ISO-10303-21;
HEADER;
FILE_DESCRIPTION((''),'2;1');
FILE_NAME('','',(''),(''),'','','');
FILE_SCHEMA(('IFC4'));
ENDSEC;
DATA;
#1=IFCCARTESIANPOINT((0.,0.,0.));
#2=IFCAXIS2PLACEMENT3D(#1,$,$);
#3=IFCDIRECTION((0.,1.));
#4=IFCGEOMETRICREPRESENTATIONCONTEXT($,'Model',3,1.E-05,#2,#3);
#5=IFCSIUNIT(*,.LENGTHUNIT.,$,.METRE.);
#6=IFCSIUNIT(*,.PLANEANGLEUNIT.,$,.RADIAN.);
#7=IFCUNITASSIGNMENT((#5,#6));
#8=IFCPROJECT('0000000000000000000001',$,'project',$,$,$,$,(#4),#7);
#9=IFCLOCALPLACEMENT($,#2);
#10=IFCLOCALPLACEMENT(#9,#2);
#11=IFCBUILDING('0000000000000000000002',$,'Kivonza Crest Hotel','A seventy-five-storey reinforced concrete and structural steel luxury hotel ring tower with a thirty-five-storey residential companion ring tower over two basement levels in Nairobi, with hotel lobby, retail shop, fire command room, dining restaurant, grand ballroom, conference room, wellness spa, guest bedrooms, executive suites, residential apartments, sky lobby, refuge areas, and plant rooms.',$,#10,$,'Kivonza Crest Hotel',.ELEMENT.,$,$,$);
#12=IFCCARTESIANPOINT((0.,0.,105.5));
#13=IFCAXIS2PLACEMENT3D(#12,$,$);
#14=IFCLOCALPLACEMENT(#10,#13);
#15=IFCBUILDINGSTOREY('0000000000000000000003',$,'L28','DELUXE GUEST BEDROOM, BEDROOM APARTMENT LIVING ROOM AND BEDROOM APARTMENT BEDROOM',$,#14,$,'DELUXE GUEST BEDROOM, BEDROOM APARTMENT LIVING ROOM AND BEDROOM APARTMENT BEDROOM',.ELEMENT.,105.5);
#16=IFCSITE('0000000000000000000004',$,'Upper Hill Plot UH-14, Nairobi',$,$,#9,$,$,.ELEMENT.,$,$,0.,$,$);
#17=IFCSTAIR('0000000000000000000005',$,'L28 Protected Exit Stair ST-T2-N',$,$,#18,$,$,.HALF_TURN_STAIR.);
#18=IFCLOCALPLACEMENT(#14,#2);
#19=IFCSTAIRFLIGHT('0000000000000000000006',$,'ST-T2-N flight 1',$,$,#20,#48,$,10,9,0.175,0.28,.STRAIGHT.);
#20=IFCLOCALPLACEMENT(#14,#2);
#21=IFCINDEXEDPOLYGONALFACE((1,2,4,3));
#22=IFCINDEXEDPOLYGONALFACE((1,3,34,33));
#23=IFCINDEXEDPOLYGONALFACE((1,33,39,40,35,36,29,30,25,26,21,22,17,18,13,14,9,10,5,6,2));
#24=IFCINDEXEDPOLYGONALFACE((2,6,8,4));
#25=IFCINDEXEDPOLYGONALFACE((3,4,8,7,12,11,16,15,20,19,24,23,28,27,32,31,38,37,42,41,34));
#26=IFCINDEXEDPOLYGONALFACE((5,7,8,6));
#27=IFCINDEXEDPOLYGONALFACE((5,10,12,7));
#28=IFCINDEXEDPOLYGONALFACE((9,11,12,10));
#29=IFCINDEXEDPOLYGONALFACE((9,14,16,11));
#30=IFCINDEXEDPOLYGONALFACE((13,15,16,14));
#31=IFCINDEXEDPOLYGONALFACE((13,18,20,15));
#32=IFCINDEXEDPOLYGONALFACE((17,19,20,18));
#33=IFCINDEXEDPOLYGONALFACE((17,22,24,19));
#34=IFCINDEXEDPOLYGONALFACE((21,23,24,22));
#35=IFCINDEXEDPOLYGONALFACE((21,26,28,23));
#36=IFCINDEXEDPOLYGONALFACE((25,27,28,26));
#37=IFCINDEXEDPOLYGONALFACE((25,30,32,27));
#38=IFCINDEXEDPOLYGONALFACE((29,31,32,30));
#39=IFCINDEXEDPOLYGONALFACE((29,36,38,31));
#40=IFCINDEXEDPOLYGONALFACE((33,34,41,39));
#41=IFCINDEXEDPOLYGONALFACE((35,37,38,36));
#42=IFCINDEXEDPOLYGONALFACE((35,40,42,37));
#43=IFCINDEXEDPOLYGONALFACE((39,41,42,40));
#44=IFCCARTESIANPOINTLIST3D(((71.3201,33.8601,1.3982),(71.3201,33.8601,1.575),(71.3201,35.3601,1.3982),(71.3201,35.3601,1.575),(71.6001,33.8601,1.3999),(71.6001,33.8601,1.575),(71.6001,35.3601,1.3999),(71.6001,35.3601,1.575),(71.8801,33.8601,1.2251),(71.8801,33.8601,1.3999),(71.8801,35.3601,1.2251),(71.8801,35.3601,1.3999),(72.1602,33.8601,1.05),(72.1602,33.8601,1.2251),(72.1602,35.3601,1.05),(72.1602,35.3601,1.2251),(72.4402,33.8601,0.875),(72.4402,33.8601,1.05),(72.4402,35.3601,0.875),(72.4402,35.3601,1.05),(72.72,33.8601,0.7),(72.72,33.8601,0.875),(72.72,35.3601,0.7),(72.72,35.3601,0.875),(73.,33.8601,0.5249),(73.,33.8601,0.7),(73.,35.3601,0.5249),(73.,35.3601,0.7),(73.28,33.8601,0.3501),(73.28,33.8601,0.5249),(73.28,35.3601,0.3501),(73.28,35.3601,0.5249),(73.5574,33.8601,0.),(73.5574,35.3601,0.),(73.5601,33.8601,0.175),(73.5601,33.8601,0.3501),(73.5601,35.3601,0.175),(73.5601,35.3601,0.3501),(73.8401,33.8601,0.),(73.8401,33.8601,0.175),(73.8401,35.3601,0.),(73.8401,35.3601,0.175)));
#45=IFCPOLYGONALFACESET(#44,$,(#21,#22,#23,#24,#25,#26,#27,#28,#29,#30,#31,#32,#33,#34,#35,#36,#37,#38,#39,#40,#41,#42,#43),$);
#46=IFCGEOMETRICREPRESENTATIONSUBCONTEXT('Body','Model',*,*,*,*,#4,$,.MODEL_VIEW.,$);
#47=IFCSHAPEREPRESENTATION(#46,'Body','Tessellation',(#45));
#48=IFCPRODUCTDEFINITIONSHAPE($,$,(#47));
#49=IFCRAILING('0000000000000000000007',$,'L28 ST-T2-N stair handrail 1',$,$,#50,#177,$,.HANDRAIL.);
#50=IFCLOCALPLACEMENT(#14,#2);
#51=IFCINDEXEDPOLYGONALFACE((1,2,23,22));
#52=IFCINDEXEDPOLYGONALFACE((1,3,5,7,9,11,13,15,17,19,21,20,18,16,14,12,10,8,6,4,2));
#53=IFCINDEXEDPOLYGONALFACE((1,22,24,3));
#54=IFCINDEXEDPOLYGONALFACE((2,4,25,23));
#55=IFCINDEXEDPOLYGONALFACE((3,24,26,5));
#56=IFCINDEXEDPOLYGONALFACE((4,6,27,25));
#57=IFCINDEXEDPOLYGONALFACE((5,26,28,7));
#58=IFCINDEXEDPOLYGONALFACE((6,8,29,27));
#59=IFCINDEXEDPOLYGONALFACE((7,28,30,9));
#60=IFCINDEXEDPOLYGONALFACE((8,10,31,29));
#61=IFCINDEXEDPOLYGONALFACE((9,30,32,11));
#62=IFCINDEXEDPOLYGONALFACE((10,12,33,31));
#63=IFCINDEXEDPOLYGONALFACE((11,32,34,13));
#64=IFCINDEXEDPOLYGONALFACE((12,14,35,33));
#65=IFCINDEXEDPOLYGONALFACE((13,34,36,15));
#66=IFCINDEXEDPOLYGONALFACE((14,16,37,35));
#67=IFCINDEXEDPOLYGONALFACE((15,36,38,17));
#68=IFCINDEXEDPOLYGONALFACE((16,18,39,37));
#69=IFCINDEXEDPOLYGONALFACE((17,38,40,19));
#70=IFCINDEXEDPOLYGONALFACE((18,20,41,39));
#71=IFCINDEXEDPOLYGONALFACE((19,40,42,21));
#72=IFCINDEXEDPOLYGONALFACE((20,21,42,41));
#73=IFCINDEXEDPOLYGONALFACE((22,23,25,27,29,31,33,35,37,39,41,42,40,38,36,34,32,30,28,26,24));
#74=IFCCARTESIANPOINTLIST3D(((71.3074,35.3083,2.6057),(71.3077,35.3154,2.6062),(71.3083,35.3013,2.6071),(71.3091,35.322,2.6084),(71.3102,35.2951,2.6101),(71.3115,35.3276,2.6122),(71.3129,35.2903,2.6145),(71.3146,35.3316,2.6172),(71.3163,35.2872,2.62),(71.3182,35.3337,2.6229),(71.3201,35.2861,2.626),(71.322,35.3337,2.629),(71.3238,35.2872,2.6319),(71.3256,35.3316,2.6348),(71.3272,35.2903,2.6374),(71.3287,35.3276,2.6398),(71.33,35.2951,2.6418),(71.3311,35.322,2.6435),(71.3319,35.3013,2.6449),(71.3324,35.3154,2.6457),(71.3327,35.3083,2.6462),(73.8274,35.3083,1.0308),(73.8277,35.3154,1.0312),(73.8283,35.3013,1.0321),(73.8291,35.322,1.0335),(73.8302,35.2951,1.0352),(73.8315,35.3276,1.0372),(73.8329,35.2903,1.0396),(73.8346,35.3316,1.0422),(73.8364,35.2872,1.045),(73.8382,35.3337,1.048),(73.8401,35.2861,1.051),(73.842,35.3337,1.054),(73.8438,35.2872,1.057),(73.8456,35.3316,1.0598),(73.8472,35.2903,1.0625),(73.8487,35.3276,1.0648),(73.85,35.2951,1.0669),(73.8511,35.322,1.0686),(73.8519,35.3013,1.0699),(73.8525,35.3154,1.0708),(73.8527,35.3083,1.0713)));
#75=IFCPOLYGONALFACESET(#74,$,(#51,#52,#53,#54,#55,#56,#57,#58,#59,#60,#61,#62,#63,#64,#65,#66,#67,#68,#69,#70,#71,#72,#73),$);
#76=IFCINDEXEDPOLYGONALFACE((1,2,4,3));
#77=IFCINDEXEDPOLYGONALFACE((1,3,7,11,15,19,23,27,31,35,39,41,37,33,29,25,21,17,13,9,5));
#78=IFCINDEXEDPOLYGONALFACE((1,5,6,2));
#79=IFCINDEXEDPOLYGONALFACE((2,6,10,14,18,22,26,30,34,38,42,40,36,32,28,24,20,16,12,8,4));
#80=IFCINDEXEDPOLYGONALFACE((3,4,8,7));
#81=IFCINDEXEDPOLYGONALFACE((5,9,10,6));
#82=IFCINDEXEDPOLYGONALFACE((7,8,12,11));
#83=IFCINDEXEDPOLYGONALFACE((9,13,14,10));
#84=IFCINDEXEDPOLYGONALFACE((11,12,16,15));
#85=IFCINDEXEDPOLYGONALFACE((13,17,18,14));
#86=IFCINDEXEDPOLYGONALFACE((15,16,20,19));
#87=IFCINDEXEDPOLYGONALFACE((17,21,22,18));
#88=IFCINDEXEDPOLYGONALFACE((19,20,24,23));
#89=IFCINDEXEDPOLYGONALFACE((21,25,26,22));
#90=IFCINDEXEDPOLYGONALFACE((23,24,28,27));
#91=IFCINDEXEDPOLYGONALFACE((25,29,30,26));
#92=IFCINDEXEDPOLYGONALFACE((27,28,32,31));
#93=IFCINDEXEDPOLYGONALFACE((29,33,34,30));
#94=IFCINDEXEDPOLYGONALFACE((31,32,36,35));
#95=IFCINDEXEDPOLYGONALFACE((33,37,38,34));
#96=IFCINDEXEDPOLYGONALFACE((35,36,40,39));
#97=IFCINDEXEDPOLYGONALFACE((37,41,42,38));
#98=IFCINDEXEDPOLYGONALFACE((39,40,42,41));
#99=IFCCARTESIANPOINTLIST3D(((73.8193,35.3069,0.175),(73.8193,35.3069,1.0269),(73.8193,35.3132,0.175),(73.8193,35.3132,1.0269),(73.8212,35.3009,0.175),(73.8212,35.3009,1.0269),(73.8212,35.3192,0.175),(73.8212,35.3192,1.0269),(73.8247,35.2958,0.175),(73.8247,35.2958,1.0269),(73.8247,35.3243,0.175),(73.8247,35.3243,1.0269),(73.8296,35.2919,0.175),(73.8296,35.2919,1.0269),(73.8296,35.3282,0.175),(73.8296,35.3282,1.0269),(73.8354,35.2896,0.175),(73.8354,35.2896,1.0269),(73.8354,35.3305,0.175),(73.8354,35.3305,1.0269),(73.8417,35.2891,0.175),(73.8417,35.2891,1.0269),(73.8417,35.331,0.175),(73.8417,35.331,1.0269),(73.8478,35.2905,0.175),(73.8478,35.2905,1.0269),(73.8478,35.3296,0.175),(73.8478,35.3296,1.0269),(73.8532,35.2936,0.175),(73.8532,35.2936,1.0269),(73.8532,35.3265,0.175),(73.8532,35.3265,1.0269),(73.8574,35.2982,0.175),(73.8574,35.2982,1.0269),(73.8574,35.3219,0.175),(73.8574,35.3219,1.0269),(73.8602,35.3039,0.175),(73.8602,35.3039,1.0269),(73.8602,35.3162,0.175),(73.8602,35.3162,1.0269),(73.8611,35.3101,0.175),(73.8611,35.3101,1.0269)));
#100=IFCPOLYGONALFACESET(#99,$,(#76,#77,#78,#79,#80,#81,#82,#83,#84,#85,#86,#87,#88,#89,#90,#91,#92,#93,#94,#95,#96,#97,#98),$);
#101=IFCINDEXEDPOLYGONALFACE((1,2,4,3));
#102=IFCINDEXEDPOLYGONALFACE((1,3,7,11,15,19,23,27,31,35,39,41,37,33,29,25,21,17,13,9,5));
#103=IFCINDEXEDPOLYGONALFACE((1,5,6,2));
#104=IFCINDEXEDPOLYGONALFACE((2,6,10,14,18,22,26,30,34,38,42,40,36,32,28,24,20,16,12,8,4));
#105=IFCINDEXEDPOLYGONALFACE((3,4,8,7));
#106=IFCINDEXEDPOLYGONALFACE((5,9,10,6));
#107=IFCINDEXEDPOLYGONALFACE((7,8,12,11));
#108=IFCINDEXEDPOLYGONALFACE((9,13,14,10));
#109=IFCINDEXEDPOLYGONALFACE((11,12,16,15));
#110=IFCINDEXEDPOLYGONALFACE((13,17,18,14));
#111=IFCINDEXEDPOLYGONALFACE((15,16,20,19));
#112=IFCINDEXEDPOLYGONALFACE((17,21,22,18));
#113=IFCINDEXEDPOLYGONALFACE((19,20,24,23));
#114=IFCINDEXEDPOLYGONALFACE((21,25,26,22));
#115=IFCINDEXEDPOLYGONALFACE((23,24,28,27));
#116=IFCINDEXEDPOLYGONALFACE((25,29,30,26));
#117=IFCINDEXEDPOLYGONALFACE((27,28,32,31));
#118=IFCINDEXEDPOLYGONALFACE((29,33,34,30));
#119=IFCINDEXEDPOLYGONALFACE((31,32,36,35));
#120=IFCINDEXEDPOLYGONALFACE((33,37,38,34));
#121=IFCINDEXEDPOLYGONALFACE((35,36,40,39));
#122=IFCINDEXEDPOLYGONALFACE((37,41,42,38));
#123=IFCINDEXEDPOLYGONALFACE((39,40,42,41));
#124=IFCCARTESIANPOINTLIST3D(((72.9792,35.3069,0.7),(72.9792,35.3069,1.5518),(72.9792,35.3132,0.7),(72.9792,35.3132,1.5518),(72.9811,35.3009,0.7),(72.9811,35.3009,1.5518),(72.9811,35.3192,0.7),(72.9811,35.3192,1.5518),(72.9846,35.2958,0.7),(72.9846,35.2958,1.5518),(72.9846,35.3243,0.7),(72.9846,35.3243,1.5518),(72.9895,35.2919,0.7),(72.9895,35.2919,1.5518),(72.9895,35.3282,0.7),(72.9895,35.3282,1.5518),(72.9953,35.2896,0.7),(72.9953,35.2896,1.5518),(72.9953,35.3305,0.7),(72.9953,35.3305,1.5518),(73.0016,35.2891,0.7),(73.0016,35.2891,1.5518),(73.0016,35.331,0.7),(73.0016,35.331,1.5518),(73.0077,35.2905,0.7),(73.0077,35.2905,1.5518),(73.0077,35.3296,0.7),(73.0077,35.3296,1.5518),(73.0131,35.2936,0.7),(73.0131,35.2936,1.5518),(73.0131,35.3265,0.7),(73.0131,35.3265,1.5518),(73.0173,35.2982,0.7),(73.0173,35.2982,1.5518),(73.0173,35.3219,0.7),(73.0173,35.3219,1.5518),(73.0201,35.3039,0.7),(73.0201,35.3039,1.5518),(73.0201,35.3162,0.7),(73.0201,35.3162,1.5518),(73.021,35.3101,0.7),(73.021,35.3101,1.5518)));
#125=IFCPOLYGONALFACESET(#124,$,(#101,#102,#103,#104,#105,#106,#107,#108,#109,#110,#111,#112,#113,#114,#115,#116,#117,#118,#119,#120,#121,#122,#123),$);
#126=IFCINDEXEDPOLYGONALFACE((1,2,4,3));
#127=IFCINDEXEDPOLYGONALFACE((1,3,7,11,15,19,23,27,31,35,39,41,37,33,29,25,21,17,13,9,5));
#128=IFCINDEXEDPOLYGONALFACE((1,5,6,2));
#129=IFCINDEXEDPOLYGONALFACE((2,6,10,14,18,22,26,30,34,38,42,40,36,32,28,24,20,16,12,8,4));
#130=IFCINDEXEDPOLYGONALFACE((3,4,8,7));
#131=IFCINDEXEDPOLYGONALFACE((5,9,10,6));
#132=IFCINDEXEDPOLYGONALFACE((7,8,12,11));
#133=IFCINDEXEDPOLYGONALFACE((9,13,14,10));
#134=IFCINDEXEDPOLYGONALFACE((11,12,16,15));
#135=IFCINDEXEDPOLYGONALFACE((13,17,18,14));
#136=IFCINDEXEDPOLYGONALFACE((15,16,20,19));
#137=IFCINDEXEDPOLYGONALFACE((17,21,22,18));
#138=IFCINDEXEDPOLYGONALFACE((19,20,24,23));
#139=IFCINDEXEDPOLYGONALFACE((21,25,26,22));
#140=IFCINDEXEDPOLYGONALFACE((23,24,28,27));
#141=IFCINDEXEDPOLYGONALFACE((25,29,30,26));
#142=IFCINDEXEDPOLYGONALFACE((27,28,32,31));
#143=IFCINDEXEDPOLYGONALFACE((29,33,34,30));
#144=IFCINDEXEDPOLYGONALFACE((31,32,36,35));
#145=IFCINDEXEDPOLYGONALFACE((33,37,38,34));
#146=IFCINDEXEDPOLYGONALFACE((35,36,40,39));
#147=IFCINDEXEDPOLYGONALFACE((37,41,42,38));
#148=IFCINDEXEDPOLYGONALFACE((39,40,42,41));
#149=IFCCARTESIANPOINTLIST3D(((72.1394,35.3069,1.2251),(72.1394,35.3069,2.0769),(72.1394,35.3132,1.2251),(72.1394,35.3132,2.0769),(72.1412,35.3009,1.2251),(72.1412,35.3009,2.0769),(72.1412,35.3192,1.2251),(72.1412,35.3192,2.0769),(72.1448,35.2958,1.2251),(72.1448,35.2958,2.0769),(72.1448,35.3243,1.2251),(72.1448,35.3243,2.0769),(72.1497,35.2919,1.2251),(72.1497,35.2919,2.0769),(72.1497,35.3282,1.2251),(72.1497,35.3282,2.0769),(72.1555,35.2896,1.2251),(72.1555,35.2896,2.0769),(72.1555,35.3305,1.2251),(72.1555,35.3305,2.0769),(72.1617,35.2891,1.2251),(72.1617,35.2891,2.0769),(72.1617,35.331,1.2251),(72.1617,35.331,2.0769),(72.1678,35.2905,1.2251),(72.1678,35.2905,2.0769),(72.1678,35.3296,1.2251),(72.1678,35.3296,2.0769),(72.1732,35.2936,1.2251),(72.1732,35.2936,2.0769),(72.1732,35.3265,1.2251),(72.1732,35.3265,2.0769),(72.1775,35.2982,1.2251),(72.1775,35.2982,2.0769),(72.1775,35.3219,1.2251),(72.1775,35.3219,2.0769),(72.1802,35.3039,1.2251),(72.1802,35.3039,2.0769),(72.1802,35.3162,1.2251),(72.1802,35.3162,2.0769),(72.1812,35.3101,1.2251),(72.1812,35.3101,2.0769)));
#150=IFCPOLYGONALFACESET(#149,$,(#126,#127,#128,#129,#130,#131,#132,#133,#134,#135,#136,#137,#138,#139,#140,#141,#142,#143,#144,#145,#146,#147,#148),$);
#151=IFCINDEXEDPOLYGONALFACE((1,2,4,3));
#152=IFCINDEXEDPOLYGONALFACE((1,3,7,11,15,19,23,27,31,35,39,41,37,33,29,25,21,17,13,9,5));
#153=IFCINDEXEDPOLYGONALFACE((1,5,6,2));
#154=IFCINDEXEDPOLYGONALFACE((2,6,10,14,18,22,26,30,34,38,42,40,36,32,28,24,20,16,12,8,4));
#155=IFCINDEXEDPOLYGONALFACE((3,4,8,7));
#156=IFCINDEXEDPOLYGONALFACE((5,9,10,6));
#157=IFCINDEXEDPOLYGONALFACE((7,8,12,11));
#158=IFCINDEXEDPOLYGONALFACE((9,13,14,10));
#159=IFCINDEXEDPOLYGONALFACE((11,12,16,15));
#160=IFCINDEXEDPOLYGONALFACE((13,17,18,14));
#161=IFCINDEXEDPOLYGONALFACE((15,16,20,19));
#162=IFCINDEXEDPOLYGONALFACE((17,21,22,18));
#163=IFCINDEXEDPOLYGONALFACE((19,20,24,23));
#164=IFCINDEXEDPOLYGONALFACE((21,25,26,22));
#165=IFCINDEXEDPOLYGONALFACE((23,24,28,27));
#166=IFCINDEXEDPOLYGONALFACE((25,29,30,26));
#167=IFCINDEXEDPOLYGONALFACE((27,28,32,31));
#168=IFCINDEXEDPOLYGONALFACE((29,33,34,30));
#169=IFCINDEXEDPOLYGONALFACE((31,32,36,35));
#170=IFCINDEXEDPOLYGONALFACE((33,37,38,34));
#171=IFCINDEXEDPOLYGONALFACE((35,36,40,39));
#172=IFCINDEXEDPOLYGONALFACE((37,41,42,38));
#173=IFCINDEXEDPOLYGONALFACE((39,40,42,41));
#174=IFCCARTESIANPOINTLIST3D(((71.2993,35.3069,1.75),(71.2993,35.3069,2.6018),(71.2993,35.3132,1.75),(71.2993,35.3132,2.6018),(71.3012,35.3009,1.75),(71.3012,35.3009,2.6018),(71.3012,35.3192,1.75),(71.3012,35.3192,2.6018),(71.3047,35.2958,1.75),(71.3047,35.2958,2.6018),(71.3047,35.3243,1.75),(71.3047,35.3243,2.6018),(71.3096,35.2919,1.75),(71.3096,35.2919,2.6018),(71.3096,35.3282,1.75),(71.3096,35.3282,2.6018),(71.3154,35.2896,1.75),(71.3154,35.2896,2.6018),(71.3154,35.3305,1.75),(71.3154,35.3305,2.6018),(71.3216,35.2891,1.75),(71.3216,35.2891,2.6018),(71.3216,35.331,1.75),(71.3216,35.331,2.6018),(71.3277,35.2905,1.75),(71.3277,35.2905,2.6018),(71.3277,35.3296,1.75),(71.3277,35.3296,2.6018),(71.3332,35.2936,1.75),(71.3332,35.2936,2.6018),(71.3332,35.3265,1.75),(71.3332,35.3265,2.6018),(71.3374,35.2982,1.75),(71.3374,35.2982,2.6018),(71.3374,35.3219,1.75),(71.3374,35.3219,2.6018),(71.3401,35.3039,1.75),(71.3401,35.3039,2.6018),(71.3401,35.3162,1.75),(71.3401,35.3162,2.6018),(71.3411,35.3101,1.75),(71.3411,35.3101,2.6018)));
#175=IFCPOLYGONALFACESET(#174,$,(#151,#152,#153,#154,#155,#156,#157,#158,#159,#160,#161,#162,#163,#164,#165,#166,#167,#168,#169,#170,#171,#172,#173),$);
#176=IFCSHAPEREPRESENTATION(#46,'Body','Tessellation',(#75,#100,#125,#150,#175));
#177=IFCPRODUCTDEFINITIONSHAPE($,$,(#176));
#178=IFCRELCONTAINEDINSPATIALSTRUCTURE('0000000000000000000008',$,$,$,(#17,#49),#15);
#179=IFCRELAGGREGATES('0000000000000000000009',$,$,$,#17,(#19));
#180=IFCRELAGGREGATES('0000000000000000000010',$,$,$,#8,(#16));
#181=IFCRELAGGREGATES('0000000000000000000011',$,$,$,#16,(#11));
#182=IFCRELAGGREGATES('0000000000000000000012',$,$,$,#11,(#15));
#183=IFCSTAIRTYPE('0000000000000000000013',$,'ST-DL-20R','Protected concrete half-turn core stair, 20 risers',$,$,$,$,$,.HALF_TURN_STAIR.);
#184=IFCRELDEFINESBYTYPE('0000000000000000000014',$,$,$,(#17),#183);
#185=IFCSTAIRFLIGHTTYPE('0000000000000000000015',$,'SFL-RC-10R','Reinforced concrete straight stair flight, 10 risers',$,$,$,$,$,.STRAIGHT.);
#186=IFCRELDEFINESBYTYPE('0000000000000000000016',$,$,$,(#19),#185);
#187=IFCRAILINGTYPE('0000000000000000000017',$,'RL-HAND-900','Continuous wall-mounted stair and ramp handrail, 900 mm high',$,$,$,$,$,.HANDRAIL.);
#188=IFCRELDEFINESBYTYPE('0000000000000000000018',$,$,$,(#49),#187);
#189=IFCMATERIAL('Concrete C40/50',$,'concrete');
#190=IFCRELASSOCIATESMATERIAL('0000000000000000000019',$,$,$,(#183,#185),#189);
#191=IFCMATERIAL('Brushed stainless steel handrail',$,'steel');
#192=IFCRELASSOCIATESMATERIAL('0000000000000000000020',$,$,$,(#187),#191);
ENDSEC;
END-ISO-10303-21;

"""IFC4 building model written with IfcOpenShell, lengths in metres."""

from ifc_helpers import new_model, si_unit, direction, frame, origin, origin_2d, place, context, subcontext, project, spatial, polyline, circle, outline, extrude, material, type_object, element, aggregate, save


model = new_model("IFC4")

# Units and contexts
model_context = context("Model", 3, precision=1e-05, world=origin(), true_north=direction((0.0, 1.0)))
body_context = subcontext(model_context, "Body", "Model", "MODEL_VIEW")
ifc_project = project(units=[si_unit("LENGTHUNIT", "METRE"), si_unit("PLANEANGLEUNIT", "RADIAN")], contexts=[model_context])

# Site, building, storey
site_placement = place(None, origin())
site = spatial("IfcSite", under=ifc_project, at=site_placement, Name="Upper Hill Plot UH-14, Nairobi", CompositionType="ELEMENT", RefElevation=0.0)
building_placement = place(site_placement, origin())
building = spatial("IfcBuilding", under=site, at=building_placement, Name="Kivonza Crest Hotel", Description="A seventy-five-storey reinforced concrete and structural steel luxury hotel ring tower with a thirty-five-storey residential companion ring tower over two basement levels in Nairobi, with hotel lobby, retail shop, fire command room, dining restaurant, grand ballroom, conference room, wellness spa, guest bedrooms, executive suites, residential apartments, sky lobby, refuge areas, and plant rooms.", LongName="Kivonza Crest Hotel", CompositionType="ELEMENT")
storey_placement = place(building_placement, frame((0.0, 0.0, 105.5)))
storey = spatial("IfcBuildingStorey", under=building, at=storey_placement, Name="L28", Description="DELUXE GUEST BEDROOM, BEDROOM APARTMENT LIVING ROOM AND BEDROOM APARTMENT BEDROOM", LongName="DELUXE GUEST BEDROOM, BEDROOM APARTMENT LIVING ROOM AND BEDROOM APARTMENT BEDROOM", CompositionType="ELEMENT", Elevation=105.5)

# Stair, stair flight
ifc_material_1 = material(Name="Concrete C40/50", Category="concrete")
stair_type = type_object("IfcStairType", Name="ST-DL-20R", Description="Protected concrete half-turn core stair, 20 risers", PredefinedType="HALF_TURN_STAIR", material=ifc_material_1)
stair_placement = place(storey_placement, origin())
stair = element("IfcStair", 1, at=stair_placement, inside=storey, type_object=stair_type, Name="L28 Protected Exit Stair ST-T2-N", PredefinedType="HALF_TURN_STAIR")
stair_flight_type = type_object("IfcStairFlightType", Name="SFL-RC-10R", Description="Reinforced concrete straight stair flight, 10 risers", PredefinedType="STRAIGHT", material=ifc_material_1)
stair_flight_placement = place(storey_placement, frame((73.8401, 34.6101, 0.0), z_axis=(0.0, 0.0, 1.0), x_axis=(-1.0, 0.0, 0.0)))
stair_flight = element("IfcStairFlight", 2, at=stair_flight_placement, type_object=stair_flight_type, Name="ST-T2-N flight 1", NumberOfRisers=10, NumberOfTreads=9, PredefinedType="STRAIGHT", RiserHeight=0.175, TreadLength=0.28, context=body_context, shape_type="SweptSolid", body=[
    extrude(outline(polyline([(0.0, 0.0), (0.0, 0.175), (0.28, 0.175), (0.28, 0.3501), (0.5601, 0.3501), (0.5601, 0.5249), (0.8401, 0.5249), (0.8401, 0.7), (1.1201, 0.7), (1.1201, 0.875), (1.3999, 0.875), (1.3999, 1.05), (1.6799, 1.05), (1.6799, 1.2251), (1.96, 1.2251), (1.96, 1.3999), (2.24, 1.3999), (2.24, 1.575), (2.52, 1.575), (2.52, 1.75), (2.52, 1.3982), (0.2827, 0.0), (0.0, 0.0)])), frame((0.0, 0.75, 0.0), z_axis=(0.0, -1.0, 0.0), x_axis=(1.0, 0.0, 0.0)), (0.0, 0.0, 1.0), 1.5),
])
aggregate(stair, [stair_flight])

# Railing
ifc_material_2 = material(Name="Brushed stainless steel handrail", Category="steel")
railing_type_1 = type_object("IfcRailingType", Name="RL-HAND-900", Description="Continuous wall-mounted stair and ramp handrail, 900 mm high", PredefinedType="HANDRAIL", material=ifc_material_2)
railing_1_placement = place(storey_placement, frame((73.8401, 35.3101, 0.175)))
element("IfcRailing", 3, at=railing_1_placement, inside=storey, type_object=railing_type_1, Name="L28 ST-T2-N stair handrail 1", PredefinedType="HANDRAIL", context=body_context, shape_type="SweptSolid", body=[
    extrude(circle(Radius=0.0239, at=origin_2d()), frame((0.0, 0.0, 0.876), z_axis=(-0.848008, 0.0, 0.529984), x_axis=(0.0, -1.0, 0.0)), (0.0, 0.0, 1.0), 2.9717),
    extrude(circle(Radius=0.021, at=origin_2d()), origin(), (0.0, 0.0, 1.0), 0.8518),
    extrude(circle(Radius=0.021, at=origin_2d()), frame((-0.8401, 0.0, 0.5249)), (0.0, 0.0, 1.0), 0.8518),
    extrude(circle(Radius=0.021, at=origin_2d()), frame((-1.6799, 0.0, 1.05)), (0.0, 0.0, 1.0), 0.8518),
    extrude(circle(Radius=0.021, at=origin_2d()), frame((-2.52, 0.0, 1.575)), (0.0, 0.0, 1.0), 0.8518),
])

save(model, "model.ifc")
